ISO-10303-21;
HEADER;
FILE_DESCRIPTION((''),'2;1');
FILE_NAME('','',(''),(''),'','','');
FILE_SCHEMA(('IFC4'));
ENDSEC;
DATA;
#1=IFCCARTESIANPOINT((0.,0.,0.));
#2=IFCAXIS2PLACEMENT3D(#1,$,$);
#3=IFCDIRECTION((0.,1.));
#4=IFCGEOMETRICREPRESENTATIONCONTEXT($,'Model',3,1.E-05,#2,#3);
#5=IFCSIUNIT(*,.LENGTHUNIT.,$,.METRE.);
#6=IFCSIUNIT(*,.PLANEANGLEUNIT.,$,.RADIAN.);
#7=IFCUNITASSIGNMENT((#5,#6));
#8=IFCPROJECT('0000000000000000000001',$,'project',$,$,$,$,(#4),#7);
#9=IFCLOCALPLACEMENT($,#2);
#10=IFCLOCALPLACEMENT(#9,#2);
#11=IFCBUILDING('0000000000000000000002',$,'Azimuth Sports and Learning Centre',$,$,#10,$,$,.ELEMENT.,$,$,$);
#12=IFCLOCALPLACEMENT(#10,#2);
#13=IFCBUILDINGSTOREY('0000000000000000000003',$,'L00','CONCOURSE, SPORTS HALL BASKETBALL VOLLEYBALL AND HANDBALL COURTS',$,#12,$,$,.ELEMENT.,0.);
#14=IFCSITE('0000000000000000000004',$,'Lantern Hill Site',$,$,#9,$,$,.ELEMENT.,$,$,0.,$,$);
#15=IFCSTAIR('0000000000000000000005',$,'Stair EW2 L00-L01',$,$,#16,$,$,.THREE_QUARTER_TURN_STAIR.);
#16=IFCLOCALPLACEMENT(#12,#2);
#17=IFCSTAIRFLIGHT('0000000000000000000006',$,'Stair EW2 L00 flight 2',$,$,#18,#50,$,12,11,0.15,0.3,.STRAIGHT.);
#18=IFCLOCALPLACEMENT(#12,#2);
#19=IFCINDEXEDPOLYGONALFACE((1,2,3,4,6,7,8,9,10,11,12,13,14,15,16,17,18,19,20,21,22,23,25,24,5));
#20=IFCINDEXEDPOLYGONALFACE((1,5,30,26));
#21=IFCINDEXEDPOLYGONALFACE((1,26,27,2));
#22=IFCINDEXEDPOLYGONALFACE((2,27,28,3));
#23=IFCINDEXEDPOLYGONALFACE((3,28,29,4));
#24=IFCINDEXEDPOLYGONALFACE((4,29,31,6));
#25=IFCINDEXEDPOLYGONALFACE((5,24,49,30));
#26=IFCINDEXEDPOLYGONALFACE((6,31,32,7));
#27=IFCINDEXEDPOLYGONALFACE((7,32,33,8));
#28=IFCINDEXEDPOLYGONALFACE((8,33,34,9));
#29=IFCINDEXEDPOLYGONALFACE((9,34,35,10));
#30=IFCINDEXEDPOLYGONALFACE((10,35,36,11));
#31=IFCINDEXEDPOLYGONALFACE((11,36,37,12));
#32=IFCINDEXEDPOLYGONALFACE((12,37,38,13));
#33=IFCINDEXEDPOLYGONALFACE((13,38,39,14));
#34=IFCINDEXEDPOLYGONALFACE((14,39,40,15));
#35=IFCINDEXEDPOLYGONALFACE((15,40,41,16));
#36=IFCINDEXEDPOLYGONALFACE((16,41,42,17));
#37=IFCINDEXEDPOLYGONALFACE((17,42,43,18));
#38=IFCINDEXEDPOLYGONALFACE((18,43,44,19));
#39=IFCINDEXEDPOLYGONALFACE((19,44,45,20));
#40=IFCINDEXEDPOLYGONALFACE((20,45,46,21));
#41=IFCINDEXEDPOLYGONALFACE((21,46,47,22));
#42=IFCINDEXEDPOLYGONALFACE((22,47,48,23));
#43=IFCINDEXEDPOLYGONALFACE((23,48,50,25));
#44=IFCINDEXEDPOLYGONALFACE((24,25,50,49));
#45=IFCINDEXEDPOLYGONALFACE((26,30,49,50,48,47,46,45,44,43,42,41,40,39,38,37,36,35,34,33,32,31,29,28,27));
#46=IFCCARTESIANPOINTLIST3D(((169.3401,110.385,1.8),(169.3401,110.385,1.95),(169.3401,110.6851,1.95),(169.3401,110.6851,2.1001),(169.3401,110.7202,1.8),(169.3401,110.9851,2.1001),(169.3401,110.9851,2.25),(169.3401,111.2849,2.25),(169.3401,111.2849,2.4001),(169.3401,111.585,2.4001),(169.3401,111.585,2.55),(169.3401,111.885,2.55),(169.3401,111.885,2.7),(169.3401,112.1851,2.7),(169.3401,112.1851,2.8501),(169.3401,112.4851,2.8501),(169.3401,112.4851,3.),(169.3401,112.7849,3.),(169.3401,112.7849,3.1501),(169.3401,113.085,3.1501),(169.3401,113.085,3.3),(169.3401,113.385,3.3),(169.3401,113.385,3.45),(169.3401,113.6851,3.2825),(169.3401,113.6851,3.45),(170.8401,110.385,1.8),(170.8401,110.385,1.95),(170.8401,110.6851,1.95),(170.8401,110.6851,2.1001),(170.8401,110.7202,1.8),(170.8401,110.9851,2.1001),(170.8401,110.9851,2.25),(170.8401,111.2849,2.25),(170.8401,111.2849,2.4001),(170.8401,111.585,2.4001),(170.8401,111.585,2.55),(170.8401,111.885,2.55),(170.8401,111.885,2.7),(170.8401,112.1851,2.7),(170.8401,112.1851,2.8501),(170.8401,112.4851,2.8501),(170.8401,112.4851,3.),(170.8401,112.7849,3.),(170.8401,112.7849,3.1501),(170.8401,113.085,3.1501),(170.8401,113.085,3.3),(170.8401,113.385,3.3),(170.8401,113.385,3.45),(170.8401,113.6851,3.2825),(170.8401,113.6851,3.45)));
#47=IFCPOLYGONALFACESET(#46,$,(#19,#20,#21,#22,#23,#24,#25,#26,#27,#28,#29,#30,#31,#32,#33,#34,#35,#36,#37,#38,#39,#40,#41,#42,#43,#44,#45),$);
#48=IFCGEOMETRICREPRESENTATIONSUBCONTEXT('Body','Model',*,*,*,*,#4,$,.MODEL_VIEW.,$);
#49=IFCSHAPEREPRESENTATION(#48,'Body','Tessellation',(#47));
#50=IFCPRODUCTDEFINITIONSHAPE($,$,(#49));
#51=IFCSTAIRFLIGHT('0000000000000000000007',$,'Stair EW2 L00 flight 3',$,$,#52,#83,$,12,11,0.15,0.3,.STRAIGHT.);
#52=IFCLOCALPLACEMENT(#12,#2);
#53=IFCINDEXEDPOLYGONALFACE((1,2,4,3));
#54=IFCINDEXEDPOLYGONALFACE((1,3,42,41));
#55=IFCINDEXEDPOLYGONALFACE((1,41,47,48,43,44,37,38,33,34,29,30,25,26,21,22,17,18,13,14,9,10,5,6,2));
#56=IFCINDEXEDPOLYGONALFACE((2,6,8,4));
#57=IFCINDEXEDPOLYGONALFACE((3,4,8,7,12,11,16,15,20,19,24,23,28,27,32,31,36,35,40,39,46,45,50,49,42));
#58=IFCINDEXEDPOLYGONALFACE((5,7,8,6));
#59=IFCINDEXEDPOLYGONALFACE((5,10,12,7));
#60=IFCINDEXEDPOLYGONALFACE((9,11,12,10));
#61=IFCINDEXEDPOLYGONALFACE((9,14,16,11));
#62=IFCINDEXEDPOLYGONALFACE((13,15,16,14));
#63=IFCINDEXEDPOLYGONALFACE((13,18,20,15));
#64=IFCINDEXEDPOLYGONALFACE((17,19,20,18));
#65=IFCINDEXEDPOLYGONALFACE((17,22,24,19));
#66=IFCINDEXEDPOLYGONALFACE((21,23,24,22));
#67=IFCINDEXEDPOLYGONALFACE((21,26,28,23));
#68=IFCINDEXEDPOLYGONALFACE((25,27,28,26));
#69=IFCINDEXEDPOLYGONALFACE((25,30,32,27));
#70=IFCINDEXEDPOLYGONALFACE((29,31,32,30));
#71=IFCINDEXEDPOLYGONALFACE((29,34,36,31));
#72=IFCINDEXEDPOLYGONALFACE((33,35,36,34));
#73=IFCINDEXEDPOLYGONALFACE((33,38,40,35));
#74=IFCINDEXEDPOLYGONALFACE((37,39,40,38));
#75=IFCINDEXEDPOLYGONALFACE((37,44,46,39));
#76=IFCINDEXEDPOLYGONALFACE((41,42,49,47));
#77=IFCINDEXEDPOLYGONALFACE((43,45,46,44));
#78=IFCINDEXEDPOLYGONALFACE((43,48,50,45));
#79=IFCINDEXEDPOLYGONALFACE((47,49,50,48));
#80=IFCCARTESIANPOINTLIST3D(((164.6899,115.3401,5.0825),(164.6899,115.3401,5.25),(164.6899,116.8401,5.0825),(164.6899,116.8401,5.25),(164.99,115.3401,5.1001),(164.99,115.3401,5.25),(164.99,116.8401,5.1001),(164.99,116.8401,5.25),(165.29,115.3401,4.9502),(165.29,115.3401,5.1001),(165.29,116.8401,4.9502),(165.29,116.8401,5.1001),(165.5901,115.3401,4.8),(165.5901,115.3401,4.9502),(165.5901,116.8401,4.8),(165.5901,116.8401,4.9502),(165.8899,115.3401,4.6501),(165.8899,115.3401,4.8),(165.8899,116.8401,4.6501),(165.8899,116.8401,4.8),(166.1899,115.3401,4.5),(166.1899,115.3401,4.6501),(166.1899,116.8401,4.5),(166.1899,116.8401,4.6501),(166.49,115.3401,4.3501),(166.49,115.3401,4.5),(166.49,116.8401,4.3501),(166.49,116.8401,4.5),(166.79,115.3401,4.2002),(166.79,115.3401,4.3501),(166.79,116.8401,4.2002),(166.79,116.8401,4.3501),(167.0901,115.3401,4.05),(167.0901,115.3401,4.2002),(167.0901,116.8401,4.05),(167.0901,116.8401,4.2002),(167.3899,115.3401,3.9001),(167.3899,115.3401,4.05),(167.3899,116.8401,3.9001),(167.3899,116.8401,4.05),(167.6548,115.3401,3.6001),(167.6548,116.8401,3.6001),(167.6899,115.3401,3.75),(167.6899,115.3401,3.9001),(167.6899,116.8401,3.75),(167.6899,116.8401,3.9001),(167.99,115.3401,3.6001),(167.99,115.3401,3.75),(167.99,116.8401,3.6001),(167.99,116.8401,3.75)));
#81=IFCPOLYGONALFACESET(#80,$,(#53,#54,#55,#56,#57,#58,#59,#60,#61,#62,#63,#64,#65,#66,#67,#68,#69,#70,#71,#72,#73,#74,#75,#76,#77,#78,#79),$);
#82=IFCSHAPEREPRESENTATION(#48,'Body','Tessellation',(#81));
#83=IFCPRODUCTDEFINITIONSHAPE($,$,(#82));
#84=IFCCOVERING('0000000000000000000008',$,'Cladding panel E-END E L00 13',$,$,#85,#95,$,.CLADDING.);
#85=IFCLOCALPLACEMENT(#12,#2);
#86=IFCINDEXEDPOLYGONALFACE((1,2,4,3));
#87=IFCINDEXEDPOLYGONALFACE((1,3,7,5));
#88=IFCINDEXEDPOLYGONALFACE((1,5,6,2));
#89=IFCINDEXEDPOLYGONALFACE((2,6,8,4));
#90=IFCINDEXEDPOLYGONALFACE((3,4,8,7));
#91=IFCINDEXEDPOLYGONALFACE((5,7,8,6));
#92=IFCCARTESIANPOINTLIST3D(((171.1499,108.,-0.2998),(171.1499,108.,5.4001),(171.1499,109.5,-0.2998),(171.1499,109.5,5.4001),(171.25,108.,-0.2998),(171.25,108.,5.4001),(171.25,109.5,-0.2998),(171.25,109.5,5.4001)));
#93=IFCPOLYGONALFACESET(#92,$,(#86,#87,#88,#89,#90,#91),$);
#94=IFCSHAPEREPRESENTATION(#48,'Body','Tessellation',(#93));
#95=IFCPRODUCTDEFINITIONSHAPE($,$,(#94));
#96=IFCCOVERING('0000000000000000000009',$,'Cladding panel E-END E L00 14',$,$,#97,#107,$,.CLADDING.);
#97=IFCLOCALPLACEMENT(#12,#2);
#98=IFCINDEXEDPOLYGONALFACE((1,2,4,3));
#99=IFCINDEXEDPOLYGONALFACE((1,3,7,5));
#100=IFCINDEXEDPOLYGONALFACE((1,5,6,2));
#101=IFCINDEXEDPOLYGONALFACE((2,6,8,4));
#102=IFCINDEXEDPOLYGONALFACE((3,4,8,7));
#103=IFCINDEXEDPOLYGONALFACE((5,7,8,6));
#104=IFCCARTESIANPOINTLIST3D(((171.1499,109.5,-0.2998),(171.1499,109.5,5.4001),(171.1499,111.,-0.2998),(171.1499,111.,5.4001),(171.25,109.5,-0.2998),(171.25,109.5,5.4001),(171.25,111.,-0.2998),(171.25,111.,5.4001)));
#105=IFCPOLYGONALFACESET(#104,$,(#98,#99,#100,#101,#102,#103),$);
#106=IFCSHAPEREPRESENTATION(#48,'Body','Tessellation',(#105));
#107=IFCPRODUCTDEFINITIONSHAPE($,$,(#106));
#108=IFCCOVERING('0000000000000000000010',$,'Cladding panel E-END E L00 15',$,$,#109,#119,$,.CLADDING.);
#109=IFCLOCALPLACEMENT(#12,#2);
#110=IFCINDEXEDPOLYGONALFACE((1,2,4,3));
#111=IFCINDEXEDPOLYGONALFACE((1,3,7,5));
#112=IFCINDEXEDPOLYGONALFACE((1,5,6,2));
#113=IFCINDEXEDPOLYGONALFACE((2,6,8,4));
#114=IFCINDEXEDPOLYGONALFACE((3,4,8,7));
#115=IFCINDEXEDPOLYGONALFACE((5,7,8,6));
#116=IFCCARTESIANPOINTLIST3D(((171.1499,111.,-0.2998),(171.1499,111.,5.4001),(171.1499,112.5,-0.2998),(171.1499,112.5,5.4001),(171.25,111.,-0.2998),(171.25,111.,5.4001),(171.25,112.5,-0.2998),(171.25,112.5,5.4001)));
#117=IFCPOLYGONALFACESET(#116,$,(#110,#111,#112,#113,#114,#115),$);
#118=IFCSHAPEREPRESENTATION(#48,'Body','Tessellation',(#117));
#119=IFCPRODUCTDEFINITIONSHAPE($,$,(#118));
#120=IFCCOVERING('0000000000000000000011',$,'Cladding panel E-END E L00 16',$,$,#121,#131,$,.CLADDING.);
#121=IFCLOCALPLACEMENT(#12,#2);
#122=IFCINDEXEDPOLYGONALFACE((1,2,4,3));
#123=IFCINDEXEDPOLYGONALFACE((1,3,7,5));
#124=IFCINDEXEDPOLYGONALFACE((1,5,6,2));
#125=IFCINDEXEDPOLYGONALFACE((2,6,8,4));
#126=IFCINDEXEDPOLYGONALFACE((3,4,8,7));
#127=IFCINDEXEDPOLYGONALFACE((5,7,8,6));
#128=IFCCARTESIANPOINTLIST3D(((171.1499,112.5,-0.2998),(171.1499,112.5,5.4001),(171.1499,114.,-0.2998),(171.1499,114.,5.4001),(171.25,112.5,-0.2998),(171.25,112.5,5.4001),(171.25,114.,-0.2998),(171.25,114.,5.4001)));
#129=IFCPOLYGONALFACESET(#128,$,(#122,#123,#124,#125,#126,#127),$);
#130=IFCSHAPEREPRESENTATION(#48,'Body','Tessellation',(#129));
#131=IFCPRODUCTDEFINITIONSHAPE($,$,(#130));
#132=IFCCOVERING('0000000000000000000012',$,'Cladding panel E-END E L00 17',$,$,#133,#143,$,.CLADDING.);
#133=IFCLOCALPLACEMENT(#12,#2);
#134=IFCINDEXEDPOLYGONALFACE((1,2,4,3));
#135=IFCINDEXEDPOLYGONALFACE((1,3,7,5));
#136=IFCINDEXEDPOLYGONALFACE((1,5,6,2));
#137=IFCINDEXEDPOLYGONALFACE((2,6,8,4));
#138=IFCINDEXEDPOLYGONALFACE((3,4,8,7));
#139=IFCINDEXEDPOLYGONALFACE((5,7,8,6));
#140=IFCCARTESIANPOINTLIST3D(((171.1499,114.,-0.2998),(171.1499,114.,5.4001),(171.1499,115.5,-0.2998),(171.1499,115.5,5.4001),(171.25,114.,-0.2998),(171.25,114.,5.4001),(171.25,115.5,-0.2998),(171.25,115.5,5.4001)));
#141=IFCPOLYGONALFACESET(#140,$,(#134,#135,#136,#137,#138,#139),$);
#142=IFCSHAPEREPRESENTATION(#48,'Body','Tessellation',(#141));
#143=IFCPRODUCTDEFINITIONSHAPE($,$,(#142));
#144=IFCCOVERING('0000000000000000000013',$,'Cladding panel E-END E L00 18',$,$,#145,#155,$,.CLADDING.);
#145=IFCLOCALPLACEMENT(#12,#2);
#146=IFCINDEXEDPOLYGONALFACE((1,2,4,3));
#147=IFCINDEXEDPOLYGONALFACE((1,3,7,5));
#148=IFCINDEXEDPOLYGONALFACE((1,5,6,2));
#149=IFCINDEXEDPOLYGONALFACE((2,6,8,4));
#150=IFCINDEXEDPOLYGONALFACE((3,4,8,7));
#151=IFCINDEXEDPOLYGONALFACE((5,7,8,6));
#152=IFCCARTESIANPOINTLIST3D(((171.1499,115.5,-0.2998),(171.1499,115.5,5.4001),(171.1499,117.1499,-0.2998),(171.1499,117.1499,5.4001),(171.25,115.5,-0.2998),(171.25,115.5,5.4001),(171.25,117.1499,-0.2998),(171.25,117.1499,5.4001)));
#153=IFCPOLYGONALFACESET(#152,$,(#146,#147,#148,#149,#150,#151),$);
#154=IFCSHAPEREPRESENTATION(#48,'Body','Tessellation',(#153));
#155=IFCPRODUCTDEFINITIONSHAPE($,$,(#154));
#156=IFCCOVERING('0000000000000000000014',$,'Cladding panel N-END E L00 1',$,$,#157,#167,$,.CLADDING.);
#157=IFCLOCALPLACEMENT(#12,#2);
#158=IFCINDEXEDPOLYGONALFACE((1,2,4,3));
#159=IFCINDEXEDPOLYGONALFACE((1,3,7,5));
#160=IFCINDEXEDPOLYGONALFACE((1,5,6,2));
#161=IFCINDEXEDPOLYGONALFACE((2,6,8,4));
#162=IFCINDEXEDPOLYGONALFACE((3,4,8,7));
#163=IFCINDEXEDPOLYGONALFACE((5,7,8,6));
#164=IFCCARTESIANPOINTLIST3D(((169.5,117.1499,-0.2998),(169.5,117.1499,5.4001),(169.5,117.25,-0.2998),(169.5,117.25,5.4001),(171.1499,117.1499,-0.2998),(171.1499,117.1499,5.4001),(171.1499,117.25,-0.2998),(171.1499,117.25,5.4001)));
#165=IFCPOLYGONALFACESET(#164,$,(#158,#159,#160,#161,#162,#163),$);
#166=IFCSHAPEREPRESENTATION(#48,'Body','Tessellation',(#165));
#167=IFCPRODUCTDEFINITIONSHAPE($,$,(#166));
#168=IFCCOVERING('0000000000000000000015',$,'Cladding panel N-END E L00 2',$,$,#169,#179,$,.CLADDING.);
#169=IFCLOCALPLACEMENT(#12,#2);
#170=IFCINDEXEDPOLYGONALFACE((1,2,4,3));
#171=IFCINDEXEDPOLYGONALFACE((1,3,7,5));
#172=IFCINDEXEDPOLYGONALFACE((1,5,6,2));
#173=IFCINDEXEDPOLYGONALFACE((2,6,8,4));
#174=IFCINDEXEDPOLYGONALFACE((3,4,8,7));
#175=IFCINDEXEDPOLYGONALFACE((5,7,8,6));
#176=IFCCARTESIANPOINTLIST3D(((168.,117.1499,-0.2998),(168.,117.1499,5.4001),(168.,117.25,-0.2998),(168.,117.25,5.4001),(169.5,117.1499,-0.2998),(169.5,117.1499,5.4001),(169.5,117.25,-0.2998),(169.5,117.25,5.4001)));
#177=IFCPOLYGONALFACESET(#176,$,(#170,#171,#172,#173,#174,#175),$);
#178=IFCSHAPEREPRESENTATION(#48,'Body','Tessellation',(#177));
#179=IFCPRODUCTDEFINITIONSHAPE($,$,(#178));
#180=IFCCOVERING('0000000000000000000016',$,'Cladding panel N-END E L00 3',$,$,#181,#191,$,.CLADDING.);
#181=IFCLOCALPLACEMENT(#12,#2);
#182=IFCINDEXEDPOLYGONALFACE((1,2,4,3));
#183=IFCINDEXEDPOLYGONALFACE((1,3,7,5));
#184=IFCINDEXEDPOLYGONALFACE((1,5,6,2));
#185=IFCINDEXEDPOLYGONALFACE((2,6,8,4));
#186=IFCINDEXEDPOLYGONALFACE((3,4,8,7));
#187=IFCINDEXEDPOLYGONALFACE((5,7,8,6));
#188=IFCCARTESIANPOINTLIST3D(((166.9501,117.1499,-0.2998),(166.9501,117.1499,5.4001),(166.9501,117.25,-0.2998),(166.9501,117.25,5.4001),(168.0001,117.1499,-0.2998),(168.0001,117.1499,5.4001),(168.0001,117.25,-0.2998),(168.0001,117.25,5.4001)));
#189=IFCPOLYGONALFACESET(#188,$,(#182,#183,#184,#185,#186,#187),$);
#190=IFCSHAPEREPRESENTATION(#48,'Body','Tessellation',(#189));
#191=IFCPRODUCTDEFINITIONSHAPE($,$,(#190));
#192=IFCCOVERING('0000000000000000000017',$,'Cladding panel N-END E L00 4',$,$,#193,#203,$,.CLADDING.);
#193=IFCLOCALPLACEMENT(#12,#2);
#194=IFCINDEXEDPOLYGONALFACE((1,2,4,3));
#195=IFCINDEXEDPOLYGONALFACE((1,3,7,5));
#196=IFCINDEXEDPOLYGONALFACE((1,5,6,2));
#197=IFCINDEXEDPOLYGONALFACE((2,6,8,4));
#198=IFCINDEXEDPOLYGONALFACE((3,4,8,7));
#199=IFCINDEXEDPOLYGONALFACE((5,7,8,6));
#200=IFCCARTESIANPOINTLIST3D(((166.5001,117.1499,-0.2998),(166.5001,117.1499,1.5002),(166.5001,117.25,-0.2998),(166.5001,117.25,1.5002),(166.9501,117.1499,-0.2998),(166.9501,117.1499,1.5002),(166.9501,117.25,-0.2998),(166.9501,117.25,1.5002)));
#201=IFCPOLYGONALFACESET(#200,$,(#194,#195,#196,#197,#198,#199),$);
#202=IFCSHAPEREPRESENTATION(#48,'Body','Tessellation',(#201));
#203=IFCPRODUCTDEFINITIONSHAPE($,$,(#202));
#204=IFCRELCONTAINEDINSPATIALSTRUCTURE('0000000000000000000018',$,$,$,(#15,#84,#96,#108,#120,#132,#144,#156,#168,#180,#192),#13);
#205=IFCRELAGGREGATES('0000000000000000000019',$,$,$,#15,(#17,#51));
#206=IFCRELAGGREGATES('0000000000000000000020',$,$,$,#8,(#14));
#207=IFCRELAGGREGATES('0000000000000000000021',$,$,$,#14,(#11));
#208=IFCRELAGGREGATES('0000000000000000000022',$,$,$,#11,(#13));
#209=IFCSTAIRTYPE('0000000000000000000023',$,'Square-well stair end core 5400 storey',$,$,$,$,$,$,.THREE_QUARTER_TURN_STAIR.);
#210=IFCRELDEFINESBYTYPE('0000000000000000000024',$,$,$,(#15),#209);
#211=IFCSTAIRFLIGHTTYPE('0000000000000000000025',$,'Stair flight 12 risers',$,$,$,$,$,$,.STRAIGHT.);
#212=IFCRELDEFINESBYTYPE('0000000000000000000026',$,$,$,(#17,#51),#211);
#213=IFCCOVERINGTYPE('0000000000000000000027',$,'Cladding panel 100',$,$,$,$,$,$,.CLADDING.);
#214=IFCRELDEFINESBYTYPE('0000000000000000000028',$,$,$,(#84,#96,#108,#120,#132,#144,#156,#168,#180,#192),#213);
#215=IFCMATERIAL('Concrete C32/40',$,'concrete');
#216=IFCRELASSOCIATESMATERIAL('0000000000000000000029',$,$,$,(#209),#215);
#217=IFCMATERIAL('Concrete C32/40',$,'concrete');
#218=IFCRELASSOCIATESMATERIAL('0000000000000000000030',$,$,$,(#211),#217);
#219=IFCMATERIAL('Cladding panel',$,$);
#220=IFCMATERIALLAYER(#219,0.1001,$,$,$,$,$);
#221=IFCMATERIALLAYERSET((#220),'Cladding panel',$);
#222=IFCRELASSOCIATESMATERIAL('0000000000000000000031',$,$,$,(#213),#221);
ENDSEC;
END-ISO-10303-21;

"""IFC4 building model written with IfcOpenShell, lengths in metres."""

from ifc_helpers import new_model, si_unit, direction, frame, origin, origin_2d, place, context, subcontext, project, spatial, polyline, rectangle, outline, extrude, material, layer, layer_set, type_object, element, aggregate, save


model = new_model("IFC4")

# Units and contexts
model_context = context("Model", 3, precision=1e-05, world=origin(), true_north=direction((0.0, 1.0)))
body_context = subcontext(model_context, "Body", "Model", "MODEL_VIEW")
ifc_project = project(units=[si_unit("LENGTHUNIT", "METRE"), si_unit("PLANEANGLEUNIT", "RADIAN")], contexts=[model_context])

# Site, building, storey
site_placement = place(None, origin())
site = spatial("IfcSite", under=ifc_project, at=site_placement, Name="Lantern Hill Site", CompositionType="ELEMENT", RefElevation=0.0)
building_placement = place(site_placement, origin())
building = spatial("IfcBuilding", under=site, at=building_placement, Name="Azimuth Sports and Learning Centre", CompositionType="ELEMENT")
storey_placement = place(building_placement, origin())
storey = spatial("IfcBuildingStorey", under=building, at=storey_placement, Name="L00", Description="CONCOURSE, SPORTS HALL BASKETBALL VOLLEYBALL AND HANDBALL COURTS", CompositionType="ELEMENT", Elevation=0.0)

# Stair, stair flights
ifc_material_1 = material(Name="Concrete C32/40", Category="concrete")
stair_type = type_object("IfcStairType", Name="Square-well stair end core 5400 storey", PredefinedType="THREE_QUARTER_TURN_STAIR", material=ifc_material_1)
stair_placement = place(storey_placement, origin())
stair = element("IfcStair", 1, at=stair_placement, inside=storey, type_object=stair_type, Name="Stair EW2 L00-L01", PredefinedType="THREE_QUARTER_TURN_STAIR")
ifc_material_2 = material(Name="Concrete C32/40", Category="concrete")
stair_flight_type = type_object("IfcStairFlightType", Name="Stair flight 12 risers", PredefinedType="STRAIGHT", material=ifc_material_2)
stair_flight_1_placement = place(storey_placement, frame((170.0901, 110.385, 1.8), z_axis=(0.0, 0.0, 1.0), x_axis=(0.0, 1.0, 0.0)))
stair_flight_1 = element("IfcStairFlight", 2, at=stair_flight_1_placement, type_object=stair_flight_type, Name="Stair EW2 L00 flight 2", NumberOfRisers=12, NumberOfTreads=11, PredefinedType="STRAIGHT", RiserHeight=0.15, TreadLength=0.3, context=body_context, shape_type="SweptSolid", body=[
    extrude(outline(polyline([(0.0, 0.0), (0.0, 0.1499), (0.3, 0.1499), (0.3, 0.3), (0.6001, 0.3), (0.6001, 0.45), (0.8999, 0.45), (0.8999, 0.6001), (1.2, 0.6001), (1.2, 0.75), (1.5, 0.75), (1.5, 0.8999), (1.8, 0.8999), (1.8, 1.05), (2.1001, 1.05), (2.1001, 1.2), (2.3999, 1.2), (2.3999, 1.3501), (2.7, 1.3501), (2.7, 1.5), (3.0, 1.5), (3.0, 1.6499), (3.3, 1.6499), (3.3, 1.8), (3.3, 1.4824), (0.3352, 0.0), (0.0, 0.0)])), frame((0.0, 0.75, 0.0), z_axis=(0.0, -1.0, 0.0), x_axis=(1.0, 0.0, 0.0)), (0.0, 0.0, 1.0), 1.5),
])
stair_flight_2_placement = place(storey_placement, frame((167.99, 116.0901, 3.6001), z_axis=(0.0, 0.0, 1.0), x_axis=(-1.0, 0.0, 0.0)))
stair_flight_2 = element("IfcStairFlight", 3, at=stair_flight_2_placement, type_object=stair_flight_type, Name="Stair EW2 L00 flight 3", NumberOfRisers=12, NumberOfTreads=11, PredefinedType="STRAIGHT", RiserHeight=0.15, TreadLength=0.3, context=body_context, shape_type="SweptSolid", body=[
    extrude(outline(polyline([(0.0, 0.0), (0.0, 0.1499), (0.3, 0.1499), (0.3, 0.3), (0.6001, 0.3), (0.6001, 0.45), (0.8999, 0.45), (0.8999, 0.6001), (1.2, 0.6001), (1.2, 0.75), (1.5, 0.75), (1.5, 0.8999), (1.8, 0.8999), (1.8, 1.05), (2.1001, 1.05), (2.1001, 1.2), (2.3999, 1.2), (2.3999, 1.3501), (2.7, 1.3501), (2.7, 1.5), (3.0, 1.5), (3.0, 1.6499), (3.3, 1.6499), (3.3, 1.8), (3.3, 1.4824), (0.3352, 0.0), (0.0, 0.0)])), frame((0.0, 0.75, 0.0), z_axis=(0.0, -1.0, 0.0), x_axis=(1.0, 0.0, 0.0)), (0.0, 0.0, 1.0), 1.5),
])
aggregate(stair, [stair_flight_1, stair_flight_2])

# Coverings
ifc_material_3 = material(Name="Cladding panel")
ifc_layer = layer(ifc_material_3, 0.1001)
ifc_layer_set = layer_set([ifc_layer], Name="Cladding panel")
covering_type = type_object("IfcCoveringType", Name="Cladding panel 100", PredefinedType="CLADDING", material=ifc_layer_set)
for number, where, z_axis, x_axis, name in (
    (4, (171.2, 108.75, -0.2998), (0.0, 0.0, 1.0), (0.0, 1.0, 0.0), "Cladding panel E-END E L00 13"),
    (5, (171.2, 110.25, -0.2998), (0.0, 0.0, 1.0), (0.0, 1.0, 0.0), "Cladding panel E-END E L00 14"),
    (6, (171.2, 111.75, -0.2998), (0.0, 0.0, 1.0), (0.0, 1.0, 0.0), "Cladding panel E-END E L00 15"),
    (7, (171.2, 113.25, -0.2998), (0.0, 0.0, 1.0), (0.0, 1.0, 0.0), "Cladding panel E-END E L00 16"),
    (8, (171.2, 114.75, -0.2998), (0.0, 0.0, 1.0), (0.0, 1.0, 0.0), "Cladding panel E-END E L00 17"),
):
    element("IfcCovering", number, at=place(storey_placement, frame(where, z_axis=z_axis, x_axis=x_axis)), inside=storey, type_object=covering_type, Name=name, PredefinedType="CLADDING", context=body_context, shape_type="SweptSolid", body=[
        extrude(rectangle(XDim=1.5, YDim=0.1001, at=origin_2d()), origin(), (0.0, 0.0, 1.0), 5.7),
    ])
for number, where, z_axis, x_axis, name in (
    (9, (171.2, 116.325, -0.2998), (0.0, 0.0, 1.0), (0.0, 1.0, 0.0), "Cladding panel E-END E L00 18"),
    (10, (170.325, 117.2, -0.2998), (0.0, 0.0, 1.0), (-1.0, 0.0, 0.0), "Cladding panel N-END E L00 1"),
):
    element("IfcCovering", number, at=place(storey_placement, frame(where, z_axis=z_axis, x_axis=x_axis)), inside=storey, type_object=covering_type, Name=name, PredefinedType="CLADDING", context=body_context, shape_type="SweptSolid", body=[
        extrude(rectangle(XDim=1.6499, YDim=0.1001, at=origin_2d()), origin(), (0.0, 0.0, 1.0), 5.7),
    ])
covering_1_placement = place(storey_placement, frame((168.75, 117.2, -0.2998), z_axis=(0.0, 0.0, 1.0), x_axis=(-1.0, 0.0, 0.0)))
element("IfcCovering", 11, at=covering_1_placement, inside=storey, type_object=covering_type, Name="Cladding panel N-END E L00 2", PredefinedType="CLADDING", context=body_context, shape_type="SweptSolid", body=[
    extrude(rectangle(XDim=1.5, YDim=0.1001, at=origin_2d()), origin(), (0.0, 0.0, 1.0), 5.7),
])
covering_2_placement = place(storey_placement, frame((167.4751, 117.2, -0.2998), z_axis=(0.0, 0.0, 1.0), x_axis=(-1.0, 0.0, 0.0)))
element("IfcCovering", 12, at=covering_2_placement, inside=storey, type_object=covering_type, Name="Cladding panel N-END E L00 3", PredefinedType="CLADDING", context=body_context, shape_type="SweptSolid", body=[
    extrude(rectangle(XDim=1.05, YDim=0.1001, at=origin_2d()), origin(), (0.0, 0.0, 1.0), 5.7),
])
covering_3_placement = place(storey_placement, frame((166.7251, 117.2, -0.2998), z_axis=(0.0, 0.0, 1.0), x_axis=(-1.0, 0.0, 0.0)))
element("IfcCovering", 13, at=covering_3_placement, inside=storey, type_object=covering_type, Name="Cladding panel N-END E L00 4", PredefinedType="CLADDING", context=body_context, shape_type="SweptSolid", body=[
    extrude(rectangle(XDim=0.45, YDim=0.1001, at=origin_2d()), origin(), (0.0, 0.0, 1.0), 1.8),
])

save(model, "model.ifc")
